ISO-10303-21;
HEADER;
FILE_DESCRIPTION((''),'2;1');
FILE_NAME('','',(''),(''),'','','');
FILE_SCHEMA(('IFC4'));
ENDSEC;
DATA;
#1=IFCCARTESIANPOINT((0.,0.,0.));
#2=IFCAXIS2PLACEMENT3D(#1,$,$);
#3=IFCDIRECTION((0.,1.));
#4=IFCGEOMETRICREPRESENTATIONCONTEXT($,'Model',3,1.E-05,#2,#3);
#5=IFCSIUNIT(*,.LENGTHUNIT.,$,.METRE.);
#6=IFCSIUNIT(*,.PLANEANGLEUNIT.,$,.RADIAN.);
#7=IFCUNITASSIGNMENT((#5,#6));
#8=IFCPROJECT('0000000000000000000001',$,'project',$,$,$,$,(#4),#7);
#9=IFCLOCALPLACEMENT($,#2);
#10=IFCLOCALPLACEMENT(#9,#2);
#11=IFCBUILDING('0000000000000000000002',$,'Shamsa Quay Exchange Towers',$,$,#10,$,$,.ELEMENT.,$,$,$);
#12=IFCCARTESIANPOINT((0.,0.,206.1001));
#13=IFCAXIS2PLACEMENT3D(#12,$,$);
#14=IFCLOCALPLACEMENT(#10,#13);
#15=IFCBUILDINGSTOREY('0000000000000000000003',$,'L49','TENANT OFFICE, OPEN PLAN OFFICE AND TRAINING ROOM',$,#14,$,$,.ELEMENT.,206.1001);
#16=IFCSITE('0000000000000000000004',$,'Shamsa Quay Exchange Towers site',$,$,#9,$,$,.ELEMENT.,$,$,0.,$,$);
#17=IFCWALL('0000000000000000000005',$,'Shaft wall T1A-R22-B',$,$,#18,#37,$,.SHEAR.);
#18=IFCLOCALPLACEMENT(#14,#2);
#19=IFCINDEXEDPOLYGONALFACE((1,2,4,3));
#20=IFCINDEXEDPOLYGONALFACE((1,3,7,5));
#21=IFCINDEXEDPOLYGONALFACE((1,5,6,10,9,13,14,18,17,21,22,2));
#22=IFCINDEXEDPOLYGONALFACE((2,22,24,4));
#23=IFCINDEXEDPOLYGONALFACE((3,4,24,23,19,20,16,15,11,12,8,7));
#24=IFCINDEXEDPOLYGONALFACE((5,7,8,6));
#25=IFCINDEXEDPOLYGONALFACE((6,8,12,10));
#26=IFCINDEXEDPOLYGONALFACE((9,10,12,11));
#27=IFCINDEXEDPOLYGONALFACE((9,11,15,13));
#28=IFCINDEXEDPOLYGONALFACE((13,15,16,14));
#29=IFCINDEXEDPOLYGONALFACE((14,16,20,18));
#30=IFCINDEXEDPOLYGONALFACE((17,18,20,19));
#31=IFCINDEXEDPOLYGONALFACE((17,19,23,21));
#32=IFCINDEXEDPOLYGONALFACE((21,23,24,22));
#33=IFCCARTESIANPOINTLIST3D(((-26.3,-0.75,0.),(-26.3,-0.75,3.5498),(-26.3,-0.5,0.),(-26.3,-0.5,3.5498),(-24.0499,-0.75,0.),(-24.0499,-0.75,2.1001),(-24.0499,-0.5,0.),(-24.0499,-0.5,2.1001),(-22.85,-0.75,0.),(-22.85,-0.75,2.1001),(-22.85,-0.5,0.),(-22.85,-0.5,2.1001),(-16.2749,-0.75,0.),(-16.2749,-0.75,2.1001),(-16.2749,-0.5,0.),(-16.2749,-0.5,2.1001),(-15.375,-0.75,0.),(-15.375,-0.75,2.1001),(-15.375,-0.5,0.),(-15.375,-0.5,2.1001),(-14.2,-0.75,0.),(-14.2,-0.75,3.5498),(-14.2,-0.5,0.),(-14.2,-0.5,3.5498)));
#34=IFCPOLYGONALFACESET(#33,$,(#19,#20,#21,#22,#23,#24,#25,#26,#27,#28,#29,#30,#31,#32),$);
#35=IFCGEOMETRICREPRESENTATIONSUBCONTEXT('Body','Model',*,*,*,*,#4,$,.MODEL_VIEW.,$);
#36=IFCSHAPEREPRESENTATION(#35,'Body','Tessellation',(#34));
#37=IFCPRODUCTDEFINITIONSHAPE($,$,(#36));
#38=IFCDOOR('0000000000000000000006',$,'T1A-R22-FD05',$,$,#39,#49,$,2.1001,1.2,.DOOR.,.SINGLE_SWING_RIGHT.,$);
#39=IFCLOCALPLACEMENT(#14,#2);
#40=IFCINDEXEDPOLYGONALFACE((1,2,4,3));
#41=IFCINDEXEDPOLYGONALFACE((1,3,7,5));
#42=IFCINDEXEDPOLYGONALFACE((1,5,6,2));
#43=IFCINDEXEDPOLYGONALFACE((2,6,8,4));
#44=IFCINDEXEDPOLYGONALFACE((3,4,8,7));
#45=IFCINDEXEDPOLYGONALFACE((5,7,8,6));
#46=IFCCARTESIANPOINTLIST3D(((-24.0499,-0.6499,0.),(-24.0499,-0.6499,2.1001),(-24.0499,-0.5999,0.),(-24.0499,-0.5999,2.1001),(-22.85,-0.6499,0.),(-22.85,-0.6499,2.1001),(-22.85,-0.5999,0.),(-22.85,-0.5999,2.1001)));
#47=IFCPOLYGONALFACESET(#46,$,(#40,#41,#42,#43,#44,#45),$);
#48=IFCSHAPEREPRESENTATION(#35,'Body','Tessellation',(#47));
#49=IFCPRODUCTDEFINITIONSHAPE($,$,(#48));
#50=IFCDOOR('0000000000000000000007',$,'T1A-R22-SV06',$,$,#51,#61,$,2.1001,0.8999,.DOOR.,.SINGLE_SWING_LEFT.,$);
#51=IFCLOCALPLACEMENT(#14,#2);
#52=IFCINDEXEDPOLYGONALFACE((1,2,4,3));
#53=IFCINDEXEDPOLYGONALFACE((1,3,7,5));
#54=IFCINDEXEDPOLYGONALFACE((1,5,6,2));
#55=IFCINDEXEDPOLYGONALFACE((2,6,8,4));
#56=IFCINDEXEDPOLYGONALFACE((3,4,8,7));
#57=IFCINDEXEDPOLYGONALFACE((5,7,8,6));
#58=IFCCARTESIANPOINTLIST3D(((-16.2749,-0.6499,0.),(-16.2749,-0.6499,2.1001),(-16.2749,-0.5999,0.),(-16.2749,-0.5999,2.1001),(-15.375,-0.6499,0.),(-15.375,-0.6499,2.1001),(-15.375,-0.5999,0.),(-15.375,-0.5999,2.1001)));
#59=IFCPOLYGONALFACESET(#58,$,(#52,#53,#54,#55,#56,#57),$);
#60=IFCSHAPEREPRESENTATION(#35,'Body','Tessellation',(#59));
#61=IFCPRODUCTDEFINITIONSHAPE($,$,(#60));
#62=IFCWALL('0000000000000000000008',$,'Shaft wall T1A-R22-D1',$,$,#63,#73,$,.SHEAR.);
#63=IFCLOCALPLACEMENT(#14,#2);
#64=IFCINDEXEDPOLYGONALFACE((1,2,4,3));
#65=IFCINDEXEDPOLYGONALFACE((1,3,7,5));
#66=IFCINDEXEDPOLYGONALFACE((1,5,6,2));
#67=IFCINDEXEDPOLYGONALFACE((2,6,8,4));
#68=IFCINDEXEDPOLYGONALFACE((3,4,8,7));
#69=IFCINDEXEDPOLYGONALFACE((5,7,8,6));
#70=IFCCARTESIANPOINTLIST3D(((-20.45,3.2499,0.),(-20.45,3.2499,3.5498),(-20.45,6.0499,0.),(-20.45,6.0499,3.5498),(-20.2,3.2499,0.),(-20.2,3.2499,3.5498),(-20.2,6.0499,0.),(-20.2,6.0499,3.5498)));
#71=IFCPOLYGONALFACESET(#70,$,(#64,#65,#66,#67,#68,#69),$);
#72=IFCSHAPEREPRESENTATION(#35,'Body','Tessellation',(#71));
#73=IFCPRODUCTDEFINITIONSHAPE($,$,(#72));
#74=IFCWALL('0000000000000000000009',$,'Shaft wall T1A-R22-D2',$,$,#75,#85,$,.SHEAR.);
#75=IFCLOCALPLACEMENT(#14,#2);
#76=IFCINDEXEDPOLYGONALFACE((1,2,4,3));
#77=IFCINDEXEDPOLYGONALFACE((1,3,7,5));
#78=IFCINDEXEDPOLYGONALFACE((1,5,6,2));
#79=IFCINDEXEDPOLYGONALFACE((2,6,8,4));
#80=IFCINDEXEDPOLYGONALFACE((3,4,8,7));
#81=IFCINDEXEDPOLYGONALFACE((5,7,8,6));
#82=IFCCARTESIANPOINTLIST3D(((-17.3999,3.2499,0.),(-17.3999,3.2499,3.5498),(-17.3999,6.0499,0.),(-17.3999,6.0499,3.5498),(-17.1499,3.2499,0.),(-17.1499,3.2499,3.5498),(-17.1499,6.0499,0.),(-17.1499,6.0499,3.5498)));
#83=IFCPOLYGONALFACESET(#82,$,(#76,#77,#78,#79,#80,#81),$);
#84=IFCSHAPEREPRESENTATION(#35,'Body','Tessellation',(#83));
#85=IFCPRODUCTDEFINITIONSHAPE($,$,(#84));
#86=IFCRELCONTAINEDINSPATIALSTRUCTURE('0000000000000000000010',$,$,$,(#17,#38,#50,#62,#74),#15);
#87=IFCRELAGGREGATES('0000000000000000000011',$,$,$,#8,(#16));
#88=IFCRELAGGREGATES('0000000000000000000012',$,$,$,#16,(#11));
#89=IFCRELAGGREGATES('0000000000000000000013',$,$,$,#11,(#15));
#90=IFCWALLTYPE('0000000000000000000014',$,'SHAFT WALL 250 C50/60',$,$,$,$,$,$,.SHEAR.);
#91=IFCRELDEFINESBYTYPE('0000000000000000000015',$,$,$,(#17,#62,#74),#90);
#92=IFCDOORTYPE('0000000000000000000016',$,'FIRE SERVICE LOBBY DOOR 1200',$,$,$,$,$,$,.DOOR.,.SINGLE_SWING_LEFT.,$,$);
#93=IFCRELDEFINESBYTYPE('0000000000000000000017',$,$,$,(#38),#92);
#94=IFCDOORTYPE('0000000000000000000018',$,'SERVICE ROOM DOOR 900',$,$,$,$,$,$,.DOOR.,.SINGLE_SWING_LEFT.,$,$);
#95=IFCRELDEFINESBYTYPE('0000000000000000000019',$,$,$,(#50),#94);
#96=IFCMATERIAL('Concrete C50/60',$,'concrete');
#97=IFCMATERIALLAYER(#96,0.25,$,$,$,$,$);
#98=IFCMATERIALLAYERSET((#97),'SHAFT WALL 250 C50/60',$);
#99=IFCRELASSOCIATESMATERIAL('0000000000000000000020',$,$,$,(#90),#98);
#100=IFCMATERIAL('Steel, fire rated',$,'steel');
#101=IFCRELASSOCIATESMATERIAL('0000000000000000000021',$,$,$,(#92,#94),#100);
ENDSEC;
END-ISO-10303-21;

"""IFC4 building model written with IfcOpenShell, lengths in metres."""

from ifc_helpers import new_model, si_unit, direction, frame, frame_2d, origin, place, context, subcontext, project, spatial, rectangle, extrude, material, layer, layer_set, type_object, element, fill, save


model = new_model("IFC4")

# Units and contexts
model_context = context("Model", 3, precision=1e-05, world=origin(), true_north=direction((0.0, 1.0)))
body_context = subcontext(model_context, "Body", "Model", "MODEL_VIEW")
ifc_project = project(units=[si_unit("LENGTHUNIT", "METRE"), si_unit("PLANEANGLEUNIT", "RADIAN")], contexts=[model_context])

# Site, building, storey
site_placement = place(None, origin())
site = spatial("IfcSite", under=ifc_project, at=site_placement, Name="Shamsa Quay Exchange Towers site", CompositionType="ELEMENT", RefElevation=0.0)
building_placement = place(site_placement, origin())
building = spatial("IfcBuilding", under=site, at=building_placement, Name="Shamsa Quay Exchange Towers", CompositionType="ELEMENT")
storey_placement = place(building_placement, frame((0.0, 0.0, 206.1001)))
storey = spatial("IfcBuildingStorey", under=building, at=storey_placement, Name="L49", Description="TENANT OFFICE, OPEN PLAN OFFICE AND TRAINING ROOM", CompositionType="ELEMENT", Elevation=206.1001)

# Wall, openings, doors
ifc_material_1 = material(Name="Steel, fire rated", Category="steel")
ifc_material_2 = material(Name="Concrete C50/60", Category="concrete")
ifc_layer_1 = layer(ifc_material_2, 0.25)
ifc_layer_set_1 = layer_set([ifc_layer_1], Name="SHAFT WALL 250 C50/60")
wall_type_1 = type_object("IfcWallType", Name="SHAFT WALL 250 C50/60", PredefinedType="SHEAR", material=ifc_layer_set_1)
wall_1_placement = place(storey_placement, frame((-14.2, -0.625, 0.0), z_axis=(0.0, 0.0, 1.0), x_axis=(-1.0, 0.0, 0.0)))
wall_1 = element("IfcWall", 1, at=wall_1_placement, inside=storey, type_object=wall_type_1, Name="Shaft wall T1A-R22-B", PredefinedType="SHEAR", context=body_context, shape_type="SweptSolid", body=[
    extrude(rectangle(XDim=12.1001, YDim=0.25, at=frame_2d((6.05, 0.0))), origin(), (0.0, 0.0, 1.0), 3.5498),
])
opening_1_placement = place(wall_1_placement, frame((8.6499, 0.0, 0.0)))
opening_1 = element("IfcOpeningElement", 2, at=opening_1_placement, cuts=wall_1, PredefinedType="OPENING", context=body_context, shape_type="SweptSolid", body=[
    extrude(rectangle(XDim=1.2, YDim=2.1001, at=frame_2d((0.6001, 1.05))), frame((0.0, 0.135, 0.0), z_axis=(0.0, -1.0, 0.0), x_axis=(1.0, 0.0, 0.0)), (0.0, 0.0, 1.0), 0.27),
])
opening_2_placement = place(wall_1_placement, frame((1.175, 0.0, 0.0)))
opening_2 = element("IfcOpeningElement", 3, at=opening_2_placement, cuts=wall_1, PredefinedType="OPENING", context=body_context, shape_type="SweptSolid", body=[
    extrude(rectangle(XDim=0.8999, YDim=2.1001, at=frame_2d((0.45, 1.05))), frame((0.0, 0.135, 0.0), z_axis=(0.0, -1.0, 0.0), x_axis=(1.0, 0.0, 0.0)), (0.0, 0.0, 1.0), 0.27),
])
door_type_1 = type_object("IfcDoorType", Name="FIRE SERVICE LOBBY DOOR 1200", OperationType="SINGLE_SWING_LEFT", PredefinedType="DOOR", material=ifc_material_1)
door_1_placement = place(opening_1_placement, origin())
door_1 = element("IfcDoor", 4, at=door_1_placement, inside=storey, type_object=door_type_1, Name="T1A-R22-FD05", OperationType="SINGLE_SWING_RIGHT", OverallHeight=2.1001, OverallWidth=1.2, PredefinedType="DOOR", context=body_context, shape_type="SweptSolid", body=[
    extrude(rectangle(XDim=1.2, YDim=2.1001, at=frame_2d((0.6001, 1.05))), frame((0.0, 0.0249, 0.0), z_axis=(0.0, -1.0, 0.0), x_axis=(1.0, 0.0, 0.0)), (0.0, 0.0, 1.0), 0.05),
])
fill(opening_1, door_1)
door_type_2 = type_object("IfcDoorType", Name="SERVICE ROOM DOOR 900", OperationType="SINGLE_SWING_LEFT", PredefinedType="DOOR", material=ifc_material_1)
door_2_placement = place(opening_2_placement, origin())
door_2 = element("IfcDoor", 5, at=door_2_placement, inside=storey, type_object=door_type_2, Name="T1A-R22-SV06", OperationType="SINGLE_SWING_LEFT", OverallHeight=2.1001, OverallWidth=0.8999, PredefinedType="DOOR", context=body_context, shape_type="SweptSolid", body=[
    extrude(rectangle(XDim=0.8999, YDim=2.1001, at=frame_2d((0.45, 1.05))), frame((0.0, 0.0249, 0.0), z_axis=(0.0, -1.0, 0.0), x_axis=(1.0, 0.0, 0.0)), (0.0, 0.0, 1.0), 0.05),
])
fill(opening_2, door_2)

# Walls
for number, where, z_axis, x_axis, name in (
    (6, (-20.325, 3.25, 0.0), (0.0, 0.0, 1.0), (0.0, 1.0, 0.0), "Shaft wall T1A-R22-D1"),
    (7, (-17.2749, 3.25, 0.0), (0.0, 0.0, 1.0), (0.0, 1.0, 0.0), "Shaft wall T1A-R22-D2"),
):
    element("IfcWall", number, at=place(storey_placement, frame(where, z_axis=z_axis, x_axis=x_axis)), inside=storey, type_object=wall_type_1, Name=name, PredefinedType="SHEAR", context=body_context, shape_type="SweptSolid", body=[
        extrude(rectangle(XDim=2.8, YDim=0.25, at=frame_2d((1.3999, 0.0))), origin(), (0.0, 0.0, 1.0), 3.5498),
    ])

save(model, "model.ifc")
